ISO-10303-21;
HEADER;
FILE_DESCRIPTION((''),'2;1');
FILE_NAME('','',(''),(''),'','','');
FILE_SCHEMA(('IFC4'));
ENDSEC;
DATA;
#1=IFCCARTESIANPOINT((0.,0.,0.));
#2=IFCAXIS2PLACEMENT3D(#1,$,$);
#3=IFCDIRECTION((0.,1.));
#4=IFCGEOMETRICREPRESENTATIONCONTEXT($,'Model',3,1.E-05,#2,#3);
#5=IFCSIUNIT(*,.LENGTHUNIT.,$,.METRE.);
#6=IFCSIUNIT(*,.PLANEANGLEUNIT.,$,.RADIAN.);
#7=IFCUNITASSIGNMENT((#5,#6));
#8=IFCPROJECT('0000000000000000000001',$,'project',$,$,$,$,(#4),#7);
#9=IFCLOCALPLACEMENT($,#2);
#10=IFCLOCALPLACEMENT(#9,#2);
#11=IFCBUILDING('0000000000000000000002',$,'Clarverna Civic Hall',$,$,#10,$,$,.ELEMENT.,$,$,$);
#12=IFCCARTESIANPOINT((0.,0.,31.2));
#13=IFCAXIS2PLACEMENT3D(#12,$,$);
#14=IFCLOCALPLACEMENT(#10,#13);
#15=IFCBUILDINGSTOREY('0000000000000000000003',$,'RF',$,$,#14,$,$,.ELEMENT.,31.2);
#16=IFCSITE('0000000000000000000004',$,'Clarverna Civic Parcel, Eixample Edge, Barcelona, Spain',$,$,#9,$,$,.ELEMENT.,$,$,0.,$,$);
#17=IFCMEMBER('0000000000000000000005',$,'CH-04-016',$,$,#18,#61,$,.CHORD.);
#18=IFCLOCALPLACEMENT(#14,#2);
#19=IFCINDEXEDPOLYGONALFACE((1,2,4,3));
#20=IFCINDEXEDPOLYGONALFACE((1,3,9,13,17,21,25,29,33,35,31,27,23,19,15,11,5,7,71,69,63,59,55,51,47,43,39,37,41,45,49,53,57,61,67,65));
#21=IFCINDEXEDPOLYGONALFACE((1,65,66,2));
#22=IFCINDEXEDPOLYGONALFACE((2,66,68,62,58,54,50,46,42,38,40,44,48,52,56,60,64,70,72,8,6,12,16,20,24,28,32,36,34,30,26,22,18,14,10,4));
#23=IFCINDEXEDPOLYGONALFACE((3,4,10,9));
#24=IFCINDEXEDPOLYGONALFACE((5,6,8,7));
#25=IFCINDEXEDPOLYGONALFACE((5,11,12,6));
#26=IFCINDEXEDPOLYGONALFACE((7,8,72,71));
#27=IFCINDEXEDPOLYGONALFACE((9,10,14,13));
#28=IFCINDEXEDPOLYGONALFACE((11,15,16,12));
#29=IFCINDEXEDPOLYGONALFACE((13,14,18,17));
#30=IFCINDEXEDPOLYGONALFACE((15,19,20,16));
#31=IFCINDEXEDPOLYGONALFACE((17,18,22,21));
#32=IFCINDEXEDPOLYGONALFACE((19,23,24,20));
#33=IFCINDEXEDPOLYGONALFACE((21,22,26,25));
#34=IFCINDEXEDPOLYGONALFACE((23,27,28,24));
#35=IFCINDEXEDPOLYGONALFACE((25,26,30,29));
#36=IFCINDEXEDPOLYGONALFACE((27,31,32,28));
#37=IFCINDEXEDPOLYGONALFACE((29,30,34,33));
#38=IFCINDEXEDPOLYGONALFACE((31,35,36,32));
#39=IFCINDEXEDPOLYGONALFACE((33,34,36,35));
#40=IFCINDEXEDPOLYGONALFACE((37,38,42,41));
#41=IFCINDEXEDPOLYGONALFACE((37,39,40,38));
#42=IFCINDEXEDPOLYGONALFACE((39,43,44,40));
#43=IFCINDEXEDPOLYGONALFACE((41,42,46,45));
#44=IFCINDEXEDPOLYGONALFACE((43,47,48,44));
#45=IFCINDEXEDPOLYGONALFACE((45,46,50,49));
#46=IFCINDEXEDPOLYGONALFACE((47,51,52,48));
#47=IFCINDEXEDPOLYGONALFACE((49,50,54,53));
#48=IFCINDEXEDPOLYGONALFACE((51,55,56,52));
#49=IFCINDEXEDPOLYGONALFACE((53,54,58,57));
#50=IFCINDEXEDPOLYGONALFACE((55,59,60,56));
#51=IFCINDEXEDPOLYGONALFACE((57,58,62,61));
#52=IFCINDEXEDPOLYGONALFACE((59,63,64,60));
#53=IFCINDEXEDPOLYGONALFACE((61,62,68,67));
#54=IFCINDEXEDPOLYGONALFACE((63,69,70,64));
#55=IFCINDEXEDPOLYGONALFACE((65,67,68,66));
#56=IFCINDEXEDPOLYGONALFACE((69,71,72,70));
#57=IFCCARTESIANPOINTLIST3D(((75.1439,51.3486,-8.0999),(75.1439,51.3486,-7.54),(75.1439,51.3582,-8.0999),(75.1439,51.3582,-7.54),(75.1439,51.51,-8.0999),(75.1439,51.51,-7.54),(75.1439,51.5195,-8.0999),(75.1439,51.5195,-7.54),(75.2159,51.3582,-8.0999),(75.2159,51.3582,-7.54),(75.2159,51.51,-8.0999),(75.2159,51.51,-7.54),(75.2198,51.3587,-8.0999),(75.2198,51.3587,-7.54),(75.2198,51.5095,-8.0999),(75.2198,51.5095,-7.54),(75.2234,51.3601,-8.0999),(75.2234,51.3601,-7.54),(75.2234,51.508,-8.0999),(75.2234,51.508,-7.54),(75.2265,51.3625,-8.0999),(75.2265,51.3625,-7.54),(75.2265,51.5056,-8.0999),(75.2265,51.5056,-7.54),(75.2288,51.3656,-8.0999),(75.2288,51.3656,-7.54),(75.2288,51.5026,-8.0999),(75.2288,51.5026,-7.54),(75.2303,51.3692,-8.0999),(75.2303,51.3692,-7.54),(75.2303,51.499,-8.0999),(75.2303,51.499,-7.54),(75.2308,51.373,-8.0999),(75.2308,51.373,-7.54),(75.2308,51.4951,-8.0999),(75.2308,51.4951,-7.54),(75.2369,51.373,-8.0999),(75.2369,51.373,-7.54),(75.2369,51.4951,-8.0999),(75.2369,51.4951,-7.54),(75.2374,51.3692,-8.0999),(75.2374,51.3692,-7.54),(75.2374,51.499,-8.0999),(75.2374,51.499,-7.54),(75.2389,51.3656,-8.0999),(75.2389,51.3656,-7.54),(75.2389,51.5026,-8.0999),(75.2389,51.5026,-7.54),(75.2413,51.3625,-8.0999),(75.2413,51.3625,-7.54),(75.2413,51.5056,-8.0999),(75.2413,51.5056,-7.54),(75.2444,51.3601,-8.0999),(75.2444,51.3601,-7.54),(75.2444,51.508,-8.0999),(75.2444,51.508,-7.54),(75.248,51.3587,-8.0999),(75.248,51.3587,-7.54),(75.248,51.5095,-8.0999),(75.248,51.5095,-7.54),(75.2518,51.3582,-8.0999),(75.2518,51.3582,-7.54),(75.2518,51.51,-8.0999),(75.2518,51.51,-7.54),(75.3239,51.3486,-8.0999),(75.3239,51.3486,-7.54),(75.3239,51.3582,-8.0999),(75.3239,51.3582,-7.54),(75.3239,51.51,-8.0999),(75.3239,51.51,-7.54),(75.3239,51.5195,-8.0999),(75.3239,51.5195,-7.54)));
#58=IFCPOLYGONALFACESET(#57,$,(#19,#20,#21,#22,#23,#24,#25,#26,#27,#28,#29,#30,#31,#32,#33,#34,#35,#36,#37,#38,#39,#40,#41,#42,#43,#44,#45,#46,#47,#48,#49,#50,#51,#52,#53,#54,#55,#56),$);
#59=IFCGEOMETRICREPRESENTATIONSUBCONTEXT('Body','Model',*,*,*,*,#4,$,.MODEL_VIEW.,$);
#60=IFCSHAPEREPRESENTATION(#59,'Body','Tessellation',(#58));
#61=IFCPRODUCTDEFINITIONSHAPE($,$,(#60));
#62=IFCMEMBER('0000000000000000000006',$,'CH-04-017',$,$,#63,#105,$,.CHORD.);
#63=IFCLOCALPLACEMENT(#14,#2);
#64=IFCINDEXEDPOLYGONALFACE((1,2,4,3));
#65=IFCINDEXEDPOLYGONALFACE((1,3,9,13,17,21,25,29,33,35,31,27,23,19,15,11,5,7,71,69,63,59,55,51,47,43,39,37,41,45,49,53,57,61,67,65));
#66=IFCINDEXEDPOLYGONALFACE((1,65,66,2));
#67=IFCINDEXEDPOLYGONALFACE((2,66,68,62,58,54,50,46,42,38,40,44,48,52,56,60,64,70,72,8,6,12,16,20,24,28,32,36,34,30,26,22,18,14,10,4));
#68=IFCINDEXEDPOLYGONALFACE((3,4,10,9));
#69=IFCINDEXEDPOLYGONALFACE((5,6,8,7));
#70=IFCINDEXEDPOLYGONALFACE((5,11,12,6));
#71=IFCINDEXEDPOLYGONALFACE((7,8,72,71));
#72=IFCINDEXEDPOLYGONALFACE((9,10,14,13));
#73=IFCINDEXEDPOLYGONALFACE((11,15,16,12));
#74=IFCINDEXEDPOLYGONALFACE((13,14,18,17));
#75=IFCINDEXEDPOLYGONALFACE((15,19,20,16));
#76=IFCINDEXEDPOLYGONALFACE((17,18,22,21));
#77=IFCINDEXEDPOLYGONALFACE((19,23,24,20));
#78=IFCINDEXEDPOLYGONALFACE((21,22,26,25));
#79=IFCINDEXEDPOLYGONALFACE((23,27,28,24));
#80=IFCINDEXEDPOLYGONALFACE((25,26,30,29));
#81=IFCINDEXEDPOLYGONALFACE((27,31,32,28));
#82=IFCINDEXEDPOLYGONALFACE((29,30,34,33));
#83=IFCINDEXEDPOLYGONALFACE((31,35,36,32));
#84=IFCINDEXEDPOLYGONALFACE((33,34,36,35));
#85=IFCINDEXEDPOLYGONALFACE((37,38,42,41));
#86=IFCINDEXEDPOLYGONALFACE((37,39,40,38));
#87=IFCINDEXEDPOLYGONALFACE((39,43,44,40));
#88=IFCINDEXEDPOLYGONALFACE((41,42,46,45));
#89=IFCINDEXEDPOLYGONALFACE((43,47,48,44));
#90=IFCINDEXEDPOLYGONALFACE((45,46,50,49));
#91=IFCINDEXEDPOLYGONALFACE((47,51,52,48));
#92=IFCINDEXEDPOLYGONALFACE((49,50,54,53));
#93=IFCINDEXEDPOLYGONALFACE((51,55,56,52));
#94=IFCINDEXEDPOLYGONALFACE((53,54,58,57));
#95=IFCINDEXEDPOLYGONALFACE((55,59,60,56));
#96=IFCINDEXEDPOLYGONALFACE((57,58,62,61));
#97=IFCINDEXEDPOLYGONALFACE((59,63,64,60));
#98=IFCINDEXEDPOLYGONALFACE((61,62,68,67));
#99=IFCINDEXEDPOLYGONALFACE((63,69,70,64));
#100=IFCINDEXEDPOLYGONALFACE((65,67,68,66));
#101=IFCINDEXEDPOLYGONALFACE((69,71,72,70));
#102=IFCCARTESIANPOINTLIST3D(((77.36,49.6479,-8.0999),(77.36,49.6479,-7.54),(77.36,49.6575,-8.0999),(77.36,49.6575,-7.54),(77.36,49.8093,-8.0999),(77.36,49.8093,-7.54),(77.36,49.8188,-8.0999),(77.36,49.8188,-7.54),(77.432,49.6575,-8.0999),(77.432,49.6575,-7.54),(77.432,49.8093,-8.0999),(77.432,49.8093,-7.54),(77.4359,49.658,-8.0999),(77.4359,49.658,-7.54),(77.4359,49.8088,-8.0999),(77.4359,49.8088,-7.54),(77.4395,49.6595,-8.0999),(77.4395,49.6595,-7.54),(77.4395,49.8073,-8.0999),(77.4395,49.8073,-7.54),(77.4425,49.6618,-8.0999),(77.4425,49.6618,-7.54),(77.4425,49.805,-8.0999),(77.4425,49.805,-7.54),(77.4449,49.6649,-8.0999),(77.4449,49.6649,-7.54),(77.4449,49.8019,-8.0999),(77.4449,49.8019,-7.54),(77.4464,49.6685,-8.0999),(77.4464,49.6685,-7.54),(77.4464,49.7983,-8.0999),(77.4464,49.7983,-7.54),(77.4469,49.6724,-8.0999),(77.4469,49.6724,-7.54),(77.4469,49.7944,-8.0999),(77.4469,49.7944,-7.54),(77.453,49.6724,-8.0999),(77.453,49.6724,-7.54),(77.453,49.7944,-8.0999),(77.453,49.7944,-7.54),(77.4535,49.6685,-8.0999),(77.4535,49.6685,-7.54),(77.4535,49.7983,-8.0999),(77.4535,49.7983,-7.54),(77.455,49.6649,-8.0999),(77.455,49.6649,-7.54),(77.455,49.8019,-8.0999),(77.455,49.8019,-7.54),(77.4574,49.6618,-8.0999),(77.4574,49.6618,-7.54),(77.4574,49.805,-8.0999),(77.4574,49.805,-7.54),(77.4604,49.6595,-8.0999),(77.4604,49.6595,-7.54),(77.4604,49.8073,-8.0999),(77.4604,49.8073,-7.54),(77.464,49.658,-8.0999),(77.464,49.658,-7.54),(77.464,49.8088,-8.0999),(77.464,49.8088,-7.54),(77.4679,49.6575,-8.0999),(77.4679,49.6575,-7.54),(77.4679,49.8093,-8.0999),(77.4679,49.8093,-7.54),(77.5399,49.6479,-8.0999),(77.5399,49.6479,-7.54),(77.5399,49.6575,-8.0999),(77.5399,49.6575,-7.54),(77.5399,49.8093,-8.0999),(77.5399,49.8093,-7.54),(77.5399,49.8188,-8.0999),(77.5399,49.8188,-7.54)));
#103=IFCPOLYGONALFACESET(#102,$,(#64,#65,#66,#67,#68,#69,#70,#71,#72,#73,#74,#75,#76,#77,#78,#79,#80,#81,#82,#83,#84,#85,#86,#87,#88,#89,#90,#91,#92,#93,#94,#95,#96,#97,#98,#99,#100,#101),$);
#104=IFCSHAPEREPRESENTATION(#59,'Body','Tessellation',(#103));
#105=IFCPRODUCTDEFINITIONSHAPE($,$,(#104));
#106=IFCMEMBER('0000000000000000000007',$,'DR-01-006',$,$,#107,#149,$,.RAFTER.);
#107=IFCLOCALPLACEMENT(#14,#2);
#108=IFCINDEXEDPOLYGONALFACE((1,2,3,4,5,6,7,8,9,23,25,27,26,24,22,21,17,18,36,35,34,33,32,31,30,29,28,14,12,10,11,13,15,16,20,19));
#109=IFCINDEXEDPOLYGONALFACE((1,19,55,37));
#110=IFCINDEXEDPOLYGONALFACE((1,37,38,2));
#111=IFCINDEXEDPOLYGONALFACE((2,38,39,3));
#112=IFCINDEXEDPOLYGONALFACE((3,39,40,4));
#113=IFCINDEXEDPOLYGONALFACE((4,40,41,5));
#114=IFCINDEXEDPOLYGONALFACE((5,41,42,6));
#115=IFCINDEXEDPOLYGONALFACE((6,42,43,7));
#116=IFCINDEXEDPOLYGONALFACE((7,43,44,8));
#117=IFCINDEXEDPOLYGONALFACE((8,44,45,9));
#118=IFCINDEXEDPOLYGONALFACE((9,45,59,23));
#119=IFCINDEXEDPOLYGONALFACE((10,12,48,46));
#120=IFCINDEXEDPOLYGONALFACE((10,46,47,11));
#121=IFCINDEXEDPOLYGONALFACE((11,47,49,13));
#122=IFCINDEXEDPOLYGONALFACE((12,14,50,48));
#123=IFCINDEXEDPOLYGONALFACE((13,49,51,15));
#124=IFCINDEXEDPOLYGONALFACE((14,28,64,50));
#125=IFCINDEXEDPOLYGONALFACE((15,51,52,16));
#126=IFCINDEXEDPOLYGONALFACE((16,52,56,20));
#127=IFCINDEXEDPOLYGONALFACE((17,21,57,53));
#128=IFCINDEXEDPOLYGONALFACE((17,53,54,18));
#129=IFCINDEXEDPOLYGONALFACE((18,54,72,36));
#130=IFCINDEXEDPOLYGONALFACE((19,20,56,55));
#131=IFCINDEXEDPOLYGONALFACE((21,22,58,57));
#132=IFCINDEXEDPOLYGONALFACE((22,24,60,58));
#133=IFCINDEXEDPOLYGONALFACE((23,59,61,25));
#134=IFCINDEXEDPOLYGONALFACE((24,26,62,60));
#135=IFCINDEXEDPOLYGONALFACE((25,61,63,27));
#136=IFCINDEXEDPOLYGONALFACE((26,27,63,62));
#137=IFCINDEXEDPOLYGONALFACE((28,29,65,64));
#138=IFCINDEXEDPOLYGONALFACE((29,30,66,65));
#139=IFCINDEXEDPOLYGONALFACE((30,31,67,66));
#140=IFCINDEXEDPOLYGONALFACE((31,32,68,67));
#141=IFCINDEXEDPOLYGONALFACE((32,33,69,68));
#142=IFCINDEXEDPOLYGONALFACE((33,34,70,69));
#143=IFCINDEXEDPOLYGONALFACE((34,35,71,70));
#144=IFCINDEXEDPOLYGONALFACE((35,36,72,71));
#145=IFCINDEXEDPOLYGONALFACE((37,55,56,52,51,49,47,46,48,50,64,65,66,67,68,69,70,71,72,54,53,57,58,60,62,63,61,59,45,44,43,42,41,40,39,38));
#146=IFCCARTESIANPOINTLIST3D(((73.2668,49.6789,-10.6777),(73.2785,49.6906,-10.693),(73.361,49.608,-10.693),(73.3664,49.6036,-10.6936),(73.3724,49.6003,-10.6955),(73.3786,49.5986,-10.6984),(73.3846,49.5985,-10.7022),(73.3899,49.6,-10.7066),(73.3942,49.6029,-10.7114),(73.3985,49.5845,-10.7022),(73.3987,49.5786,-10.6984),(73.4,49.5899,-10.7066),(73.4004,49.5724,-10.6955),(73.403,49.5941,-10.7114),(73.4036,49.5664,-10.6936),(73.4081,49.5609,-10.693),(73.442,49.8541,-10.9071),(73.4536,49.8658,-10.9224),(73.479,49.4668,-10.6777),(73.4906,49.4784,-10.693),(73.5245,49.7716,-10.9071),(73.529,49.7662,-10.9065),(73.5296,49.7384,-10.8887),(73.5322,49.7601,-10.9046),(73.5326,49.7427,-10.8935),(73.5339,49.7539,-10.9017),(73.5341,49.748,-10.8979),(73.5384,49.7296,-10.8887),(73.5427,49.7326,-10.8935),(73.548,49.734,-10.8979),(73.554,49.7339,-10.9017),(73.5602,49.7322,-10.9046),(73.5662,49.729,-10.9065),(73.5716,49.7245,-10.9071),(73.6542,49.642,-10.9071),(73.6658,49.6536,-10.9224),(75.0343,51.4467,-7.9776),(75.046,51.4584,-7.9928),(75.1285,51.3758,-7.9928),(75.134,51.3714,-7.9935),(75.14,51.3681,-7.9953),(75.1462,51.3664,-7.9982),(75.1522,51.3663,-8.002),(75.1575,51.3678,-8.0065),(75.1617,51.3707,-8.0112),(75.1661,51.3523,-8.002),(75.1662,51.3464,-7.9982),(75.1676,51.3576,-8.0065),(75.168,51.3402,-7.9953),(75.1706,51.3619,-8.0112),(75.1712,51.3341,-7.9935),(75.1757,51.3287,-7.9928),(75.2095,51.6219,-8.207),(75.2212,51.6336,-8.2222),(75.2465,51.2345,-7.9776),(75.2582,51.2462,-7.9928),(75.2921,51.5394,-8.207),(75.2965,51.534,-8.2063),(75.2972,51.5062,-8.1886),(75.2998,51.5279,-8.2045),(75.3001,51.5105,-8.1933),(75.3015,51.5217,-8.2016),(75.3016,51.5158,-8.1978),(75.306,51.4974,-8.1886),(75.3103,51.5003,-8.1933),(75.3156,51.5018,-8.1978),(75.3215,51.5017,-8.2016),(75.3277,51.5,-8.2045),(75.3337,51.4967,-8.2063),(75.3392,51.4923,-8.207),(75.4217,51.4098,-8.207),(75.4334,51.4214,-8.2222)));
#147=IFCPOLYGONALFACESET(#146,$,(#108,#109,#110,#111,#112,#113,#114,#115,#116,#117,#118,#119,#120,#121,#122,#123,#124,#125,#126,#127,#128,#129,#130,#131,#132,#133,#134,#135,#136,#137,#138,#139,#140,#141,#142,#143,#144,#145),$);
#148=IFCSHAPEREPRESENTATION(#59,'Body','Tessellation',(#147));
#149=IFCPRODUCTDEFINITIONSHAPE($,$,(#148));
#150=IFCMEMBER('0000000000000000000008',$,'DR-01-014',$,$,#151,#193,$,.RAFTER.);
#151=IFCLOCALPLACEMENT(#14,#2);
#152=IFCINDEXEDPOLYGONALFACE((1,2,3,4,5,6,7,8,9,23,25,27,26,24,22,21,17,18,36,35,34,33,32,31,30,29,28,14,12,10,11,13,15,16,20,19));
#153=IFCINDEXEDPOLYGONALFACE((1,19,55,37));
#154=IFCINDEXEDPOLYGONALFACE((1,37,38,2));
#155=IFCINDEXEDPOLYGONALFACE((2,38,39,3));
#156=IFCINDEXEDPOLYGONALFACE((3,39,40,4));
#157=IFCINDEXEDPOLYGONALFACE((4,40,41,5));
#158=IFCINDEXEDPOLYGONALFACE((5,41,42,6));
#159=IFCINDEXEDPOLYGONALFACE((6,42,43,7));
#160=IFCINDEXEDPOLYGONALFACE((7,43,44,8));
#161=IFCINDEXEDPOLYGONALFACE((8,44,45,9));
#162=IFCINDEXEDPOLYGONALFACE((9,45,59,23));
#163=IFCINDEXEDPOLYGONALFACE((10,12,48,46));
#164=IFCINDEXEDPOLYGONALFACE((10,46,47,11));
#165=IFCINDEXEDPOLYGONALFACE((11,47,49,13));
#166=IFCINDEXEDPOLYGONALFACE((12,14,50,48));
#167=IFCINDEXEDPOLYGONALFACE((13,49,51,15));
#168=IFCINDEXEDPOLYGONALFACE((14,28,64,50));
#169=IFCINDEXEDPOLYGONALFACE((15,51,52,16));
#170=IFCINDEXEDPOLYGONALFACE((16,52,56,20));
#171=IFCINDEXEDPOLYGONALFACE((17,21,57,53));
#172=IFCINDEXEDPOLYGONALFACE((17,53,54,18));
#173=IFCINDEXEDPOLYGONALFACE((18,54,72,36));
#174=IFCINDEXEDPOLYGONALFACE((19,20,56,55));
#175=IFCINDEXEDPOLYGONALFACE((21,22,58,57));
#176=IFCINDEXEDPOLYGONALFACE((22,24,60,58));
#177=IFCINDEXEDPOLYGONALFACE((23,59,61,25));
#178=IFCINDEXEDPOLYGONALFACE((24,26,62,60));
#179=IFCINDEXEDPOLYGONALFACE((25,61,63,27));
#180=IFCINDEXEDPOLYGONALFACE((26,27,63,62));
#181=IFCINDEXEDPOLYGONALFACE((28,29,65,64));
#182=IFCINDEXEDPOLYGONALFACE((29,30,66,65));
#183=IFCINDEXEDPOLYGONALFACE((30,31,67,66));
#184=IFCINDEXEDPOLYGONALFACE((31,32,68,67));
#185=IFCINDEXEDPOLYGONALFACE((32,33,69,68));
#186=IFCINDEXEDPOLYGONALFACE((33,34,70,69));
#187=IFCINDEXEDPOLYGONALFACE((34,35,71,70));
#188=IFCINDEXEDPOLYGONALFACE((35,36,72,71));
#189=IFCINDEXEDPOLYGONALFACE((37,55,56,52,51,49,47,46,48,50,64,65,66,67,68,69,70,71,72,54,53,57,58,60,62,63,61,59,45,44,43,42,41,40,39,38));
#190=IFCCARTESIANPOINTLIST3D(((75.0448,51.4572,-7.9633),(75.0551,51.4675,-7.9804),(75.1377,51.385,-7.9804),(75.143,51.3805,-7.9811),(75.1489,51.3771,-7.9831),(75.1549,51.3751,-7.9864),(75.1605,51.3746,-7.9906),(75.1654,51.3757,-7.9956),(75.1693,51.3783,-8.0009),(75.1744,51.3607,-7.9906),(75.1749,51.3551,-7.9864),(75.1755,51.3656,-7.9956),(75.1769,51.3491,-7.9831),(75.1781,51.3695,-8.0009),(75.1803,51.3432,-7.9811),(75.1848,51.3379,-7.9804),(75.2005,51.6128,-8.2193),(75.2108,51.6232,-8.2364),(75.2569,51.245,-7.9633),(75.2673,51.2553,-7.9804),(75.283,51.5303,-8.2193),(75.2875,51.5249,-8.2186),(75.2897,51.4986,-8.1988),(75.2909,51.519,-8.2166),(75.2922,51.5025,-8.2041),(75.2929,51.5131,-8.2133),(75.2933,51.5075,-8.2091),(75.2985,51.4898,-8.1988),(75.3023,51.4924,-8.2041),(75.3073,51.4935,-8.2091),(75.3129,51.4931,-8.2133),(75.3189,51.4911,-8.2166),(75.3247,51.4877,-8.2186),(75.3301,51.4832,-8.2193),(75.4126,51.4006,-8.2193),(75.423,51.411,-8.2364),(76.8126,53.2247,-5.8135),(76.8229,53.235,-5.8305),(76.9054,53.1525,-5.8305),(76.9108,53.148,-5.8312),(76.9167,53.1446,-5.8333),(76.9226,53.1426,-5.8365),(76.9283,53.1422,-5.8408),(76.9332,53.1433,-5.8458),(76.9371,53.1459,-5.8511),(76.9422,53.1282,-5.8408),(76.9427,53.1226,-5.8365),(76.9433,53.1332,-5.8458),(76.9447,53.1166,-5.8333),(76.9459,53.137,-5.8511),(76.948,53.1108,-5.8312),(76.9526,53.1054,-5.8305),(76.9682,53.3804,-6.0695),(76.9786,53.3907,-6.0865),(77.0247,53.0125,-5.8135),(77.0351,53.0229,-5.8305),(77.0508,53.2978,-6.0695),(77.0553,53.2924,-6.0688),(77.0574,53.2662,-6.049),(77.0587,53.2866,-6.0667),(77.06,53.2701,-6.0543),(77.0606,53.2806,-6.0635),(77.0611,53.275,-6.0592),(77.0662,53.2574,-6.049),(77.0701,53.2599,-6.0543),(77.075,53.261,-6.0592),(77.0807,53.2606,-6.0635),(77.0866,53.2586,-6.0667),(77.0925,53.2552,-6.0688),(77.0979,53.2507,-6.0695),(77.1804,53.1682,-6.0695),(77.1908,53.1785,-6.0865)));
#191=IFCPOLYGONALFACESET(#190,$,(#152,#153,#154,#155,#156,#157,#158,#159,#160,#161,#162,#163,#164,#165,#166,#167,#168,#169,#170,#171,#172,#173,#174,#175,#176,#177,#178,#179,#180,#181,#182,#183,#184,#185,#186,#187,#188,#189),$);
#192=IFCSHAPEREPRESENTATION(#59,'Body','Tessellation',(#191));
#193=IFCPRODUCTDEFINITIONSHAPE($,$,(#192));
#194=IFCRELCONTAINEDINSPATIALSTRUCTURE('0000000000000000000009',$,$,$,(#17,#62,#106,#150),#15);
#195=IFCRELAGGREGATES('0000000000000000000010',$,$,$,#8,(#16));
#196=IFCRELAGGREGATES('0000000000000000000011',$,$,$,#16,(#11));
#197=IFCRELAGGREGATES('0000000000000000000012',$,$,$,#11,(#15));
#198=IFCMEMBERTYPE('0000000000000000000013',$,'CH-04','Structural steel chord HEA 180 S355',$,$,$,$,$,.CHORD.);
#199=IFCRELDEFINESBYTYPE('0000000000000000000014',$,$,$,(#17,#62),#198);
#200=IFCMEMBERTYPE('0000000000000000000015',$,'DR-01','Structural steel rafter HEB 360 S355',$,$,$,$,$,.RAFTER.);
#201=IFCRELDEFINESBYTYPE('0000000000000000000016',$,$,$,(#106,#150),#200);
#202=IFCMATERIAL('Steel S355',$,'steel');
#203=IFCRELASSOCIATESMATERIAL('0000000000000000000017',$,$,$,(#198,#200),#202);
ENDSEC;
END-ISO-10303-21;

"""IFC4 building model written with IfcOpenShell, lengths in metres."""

from ifc_helpers import new_model, si_unit, direction, frame, origin, origin_2d, place, context, subcontext, project, spatial, i_section, extrude, material, material_profile, profile_set, type_object, element, save


model = new_model("IFC4")

# Units and contexts
model_context = context("Model", 3, precision=1e-05, world=origin(), true_north=direction((0.0, 1.0)))
body_context = subcontext(model_context, "Body", "Model", "MODEL_VIEW")
ifc_project = project(units=[si_unit("LENGTHUNIT", "METRE"), si_unit("PLANEANGLEUNIT", "RADIAN")], contexts=[model_context])

# Site, building, storey
site_placement = place(None, origin())
site = spatial("IfcSite", under=ifc_project, at=site_placement, Name="Clarverna Civic Parcel, Eixample Edge, Barcelona, Spain", CompositionType="ELEMENT", RefElevation=0.0)
building_placement = place(site_placement, origin())
building = spatial("IfcBuilding", under=site, at=building_placement, Name="Clarverna Civic Hall", CompositionType="ELEMENT")
storey_placement = place(building_placement, frame((0.0, 0.0, 31.2)))
storey = spatial("IfcBuildingStorey", under=building, at=storey_placement, Name="RF", CompositionType="ELEMENT", Elevation=31.2)

# Members
ifc_material_1 = material(Name="Steel S355", Category="steel")
ifc_material_profile_1 = material_profile(ifc_material_1, i_section(OverallWidth=0.1799, OverallDepth=0.1709, WebThickness=0.0061, FlangeThickness=0.0095, FilletRadius=0.0149, at=origin_2d()), Name="HEA 180")
ifc_profile_set_1 = profile_set([ifc_material_profile_1], Name="Steel S355")
member_type_1 = type_object("IfcMemberType", Name="CH-04", Description="Structural steel chord HEA 180 S355", PredefinedType="CHORD", material=ifc_profile_set_1)
for number, where, z_axis, x_axis, name in (
    (1, (75.2339, 51.4341, -8.0999), (0.0, 0.0, 1.0), (1.0, 0.0, 0.0), "CH-04-016"),
    (2, (77.45, 49.7334, -8.0999), (0.0, 0.0, 1.0), (1.0, 0.0, 0.0), "CH-04-017"),
):
    element("IfcMember", number, at=place(storey_placement, frame(where, z_axis=z_axis, x_axis=x_axis)), inside=storey, type_object=member_type_1, Name=name, PredefinedType="CHORD", context=body_context, shape_type="SweptSolid", body=[
        extrude(i_section(OverallWidth=0.1799, OverallDepth=0.1709, WebThickness=0.0061, FlangeThickness=0.0095, FilletRadius=0.0149, at=origin_2d()), origin(), (0.0, 0.0, 1.0), 0.5598),
    ])
ifc_material_profile_2 = material_profile(ifc_material_1, i_section(OverallWidth=0.3, OverallDepth=0.3601, WebThickness=0.0125, FlangeThickness=0.0225, FilletRadius=0.0271, at=origin_2d()), Name="HEB 360")
ifc_profile_set_2 = profile_set([ifc_material_profile_2], Name="Steel S355")
member_type_2 = type_object("IfcMemberType", Name="DR-01", Description="Structural steel rafter HEB 360 S355", PredefinedType="RAFTER", material=ifc_profile_set_2)
member_1_placement = place(storey_placement, frame((73.4663, 49.6663, -10.8), z_axis=(0.480352, 0.480419, 0.733798), x_axis=(-0.707156, 0.707058, 0.0)))
element("IfcMember", 3, at=member_1_placement, inside=storey, type_object=member_type_2, Name="DR-01-006", PredefinedType="RAFTER", context=body_context, shape_type="SweptSolid", body=[
    extrude(i_section(OverallWidth=0.3, OverallDepth=0.3601, WebThickness=0.0125, FlangeThickness=0.0225, FilletRadius=0.0271, at=origin_2d()), origin(), (0.0, 0.0, 1.0), 3.6797),
])
member_2_placement = place(storey_placement, frame((75.2339, 51.4341, -8.0999), z_axis=(0.536157, 0.536083, 0.652036), x_axis=(-0.707058, 0.707156, 0.0)))
element("IfcMember", 4, at=member_2_placement, inside=storey, type_object=member_type_2, Name="DR-01-014", PredefinedType="RAFTER", context=body_context, shape_type="SweptSolid", body=[
    extrude(i_section(OverallWidth=0.3, OverallDepth=0.3601, WebThickness=0.0125, FlangeThickness=0.0225, FilletRadius=0.0271, at=origin_2d()), origin(), (0.0, 0.0, 1.0), 3.2971),
])

save(model, "model.ifc")
